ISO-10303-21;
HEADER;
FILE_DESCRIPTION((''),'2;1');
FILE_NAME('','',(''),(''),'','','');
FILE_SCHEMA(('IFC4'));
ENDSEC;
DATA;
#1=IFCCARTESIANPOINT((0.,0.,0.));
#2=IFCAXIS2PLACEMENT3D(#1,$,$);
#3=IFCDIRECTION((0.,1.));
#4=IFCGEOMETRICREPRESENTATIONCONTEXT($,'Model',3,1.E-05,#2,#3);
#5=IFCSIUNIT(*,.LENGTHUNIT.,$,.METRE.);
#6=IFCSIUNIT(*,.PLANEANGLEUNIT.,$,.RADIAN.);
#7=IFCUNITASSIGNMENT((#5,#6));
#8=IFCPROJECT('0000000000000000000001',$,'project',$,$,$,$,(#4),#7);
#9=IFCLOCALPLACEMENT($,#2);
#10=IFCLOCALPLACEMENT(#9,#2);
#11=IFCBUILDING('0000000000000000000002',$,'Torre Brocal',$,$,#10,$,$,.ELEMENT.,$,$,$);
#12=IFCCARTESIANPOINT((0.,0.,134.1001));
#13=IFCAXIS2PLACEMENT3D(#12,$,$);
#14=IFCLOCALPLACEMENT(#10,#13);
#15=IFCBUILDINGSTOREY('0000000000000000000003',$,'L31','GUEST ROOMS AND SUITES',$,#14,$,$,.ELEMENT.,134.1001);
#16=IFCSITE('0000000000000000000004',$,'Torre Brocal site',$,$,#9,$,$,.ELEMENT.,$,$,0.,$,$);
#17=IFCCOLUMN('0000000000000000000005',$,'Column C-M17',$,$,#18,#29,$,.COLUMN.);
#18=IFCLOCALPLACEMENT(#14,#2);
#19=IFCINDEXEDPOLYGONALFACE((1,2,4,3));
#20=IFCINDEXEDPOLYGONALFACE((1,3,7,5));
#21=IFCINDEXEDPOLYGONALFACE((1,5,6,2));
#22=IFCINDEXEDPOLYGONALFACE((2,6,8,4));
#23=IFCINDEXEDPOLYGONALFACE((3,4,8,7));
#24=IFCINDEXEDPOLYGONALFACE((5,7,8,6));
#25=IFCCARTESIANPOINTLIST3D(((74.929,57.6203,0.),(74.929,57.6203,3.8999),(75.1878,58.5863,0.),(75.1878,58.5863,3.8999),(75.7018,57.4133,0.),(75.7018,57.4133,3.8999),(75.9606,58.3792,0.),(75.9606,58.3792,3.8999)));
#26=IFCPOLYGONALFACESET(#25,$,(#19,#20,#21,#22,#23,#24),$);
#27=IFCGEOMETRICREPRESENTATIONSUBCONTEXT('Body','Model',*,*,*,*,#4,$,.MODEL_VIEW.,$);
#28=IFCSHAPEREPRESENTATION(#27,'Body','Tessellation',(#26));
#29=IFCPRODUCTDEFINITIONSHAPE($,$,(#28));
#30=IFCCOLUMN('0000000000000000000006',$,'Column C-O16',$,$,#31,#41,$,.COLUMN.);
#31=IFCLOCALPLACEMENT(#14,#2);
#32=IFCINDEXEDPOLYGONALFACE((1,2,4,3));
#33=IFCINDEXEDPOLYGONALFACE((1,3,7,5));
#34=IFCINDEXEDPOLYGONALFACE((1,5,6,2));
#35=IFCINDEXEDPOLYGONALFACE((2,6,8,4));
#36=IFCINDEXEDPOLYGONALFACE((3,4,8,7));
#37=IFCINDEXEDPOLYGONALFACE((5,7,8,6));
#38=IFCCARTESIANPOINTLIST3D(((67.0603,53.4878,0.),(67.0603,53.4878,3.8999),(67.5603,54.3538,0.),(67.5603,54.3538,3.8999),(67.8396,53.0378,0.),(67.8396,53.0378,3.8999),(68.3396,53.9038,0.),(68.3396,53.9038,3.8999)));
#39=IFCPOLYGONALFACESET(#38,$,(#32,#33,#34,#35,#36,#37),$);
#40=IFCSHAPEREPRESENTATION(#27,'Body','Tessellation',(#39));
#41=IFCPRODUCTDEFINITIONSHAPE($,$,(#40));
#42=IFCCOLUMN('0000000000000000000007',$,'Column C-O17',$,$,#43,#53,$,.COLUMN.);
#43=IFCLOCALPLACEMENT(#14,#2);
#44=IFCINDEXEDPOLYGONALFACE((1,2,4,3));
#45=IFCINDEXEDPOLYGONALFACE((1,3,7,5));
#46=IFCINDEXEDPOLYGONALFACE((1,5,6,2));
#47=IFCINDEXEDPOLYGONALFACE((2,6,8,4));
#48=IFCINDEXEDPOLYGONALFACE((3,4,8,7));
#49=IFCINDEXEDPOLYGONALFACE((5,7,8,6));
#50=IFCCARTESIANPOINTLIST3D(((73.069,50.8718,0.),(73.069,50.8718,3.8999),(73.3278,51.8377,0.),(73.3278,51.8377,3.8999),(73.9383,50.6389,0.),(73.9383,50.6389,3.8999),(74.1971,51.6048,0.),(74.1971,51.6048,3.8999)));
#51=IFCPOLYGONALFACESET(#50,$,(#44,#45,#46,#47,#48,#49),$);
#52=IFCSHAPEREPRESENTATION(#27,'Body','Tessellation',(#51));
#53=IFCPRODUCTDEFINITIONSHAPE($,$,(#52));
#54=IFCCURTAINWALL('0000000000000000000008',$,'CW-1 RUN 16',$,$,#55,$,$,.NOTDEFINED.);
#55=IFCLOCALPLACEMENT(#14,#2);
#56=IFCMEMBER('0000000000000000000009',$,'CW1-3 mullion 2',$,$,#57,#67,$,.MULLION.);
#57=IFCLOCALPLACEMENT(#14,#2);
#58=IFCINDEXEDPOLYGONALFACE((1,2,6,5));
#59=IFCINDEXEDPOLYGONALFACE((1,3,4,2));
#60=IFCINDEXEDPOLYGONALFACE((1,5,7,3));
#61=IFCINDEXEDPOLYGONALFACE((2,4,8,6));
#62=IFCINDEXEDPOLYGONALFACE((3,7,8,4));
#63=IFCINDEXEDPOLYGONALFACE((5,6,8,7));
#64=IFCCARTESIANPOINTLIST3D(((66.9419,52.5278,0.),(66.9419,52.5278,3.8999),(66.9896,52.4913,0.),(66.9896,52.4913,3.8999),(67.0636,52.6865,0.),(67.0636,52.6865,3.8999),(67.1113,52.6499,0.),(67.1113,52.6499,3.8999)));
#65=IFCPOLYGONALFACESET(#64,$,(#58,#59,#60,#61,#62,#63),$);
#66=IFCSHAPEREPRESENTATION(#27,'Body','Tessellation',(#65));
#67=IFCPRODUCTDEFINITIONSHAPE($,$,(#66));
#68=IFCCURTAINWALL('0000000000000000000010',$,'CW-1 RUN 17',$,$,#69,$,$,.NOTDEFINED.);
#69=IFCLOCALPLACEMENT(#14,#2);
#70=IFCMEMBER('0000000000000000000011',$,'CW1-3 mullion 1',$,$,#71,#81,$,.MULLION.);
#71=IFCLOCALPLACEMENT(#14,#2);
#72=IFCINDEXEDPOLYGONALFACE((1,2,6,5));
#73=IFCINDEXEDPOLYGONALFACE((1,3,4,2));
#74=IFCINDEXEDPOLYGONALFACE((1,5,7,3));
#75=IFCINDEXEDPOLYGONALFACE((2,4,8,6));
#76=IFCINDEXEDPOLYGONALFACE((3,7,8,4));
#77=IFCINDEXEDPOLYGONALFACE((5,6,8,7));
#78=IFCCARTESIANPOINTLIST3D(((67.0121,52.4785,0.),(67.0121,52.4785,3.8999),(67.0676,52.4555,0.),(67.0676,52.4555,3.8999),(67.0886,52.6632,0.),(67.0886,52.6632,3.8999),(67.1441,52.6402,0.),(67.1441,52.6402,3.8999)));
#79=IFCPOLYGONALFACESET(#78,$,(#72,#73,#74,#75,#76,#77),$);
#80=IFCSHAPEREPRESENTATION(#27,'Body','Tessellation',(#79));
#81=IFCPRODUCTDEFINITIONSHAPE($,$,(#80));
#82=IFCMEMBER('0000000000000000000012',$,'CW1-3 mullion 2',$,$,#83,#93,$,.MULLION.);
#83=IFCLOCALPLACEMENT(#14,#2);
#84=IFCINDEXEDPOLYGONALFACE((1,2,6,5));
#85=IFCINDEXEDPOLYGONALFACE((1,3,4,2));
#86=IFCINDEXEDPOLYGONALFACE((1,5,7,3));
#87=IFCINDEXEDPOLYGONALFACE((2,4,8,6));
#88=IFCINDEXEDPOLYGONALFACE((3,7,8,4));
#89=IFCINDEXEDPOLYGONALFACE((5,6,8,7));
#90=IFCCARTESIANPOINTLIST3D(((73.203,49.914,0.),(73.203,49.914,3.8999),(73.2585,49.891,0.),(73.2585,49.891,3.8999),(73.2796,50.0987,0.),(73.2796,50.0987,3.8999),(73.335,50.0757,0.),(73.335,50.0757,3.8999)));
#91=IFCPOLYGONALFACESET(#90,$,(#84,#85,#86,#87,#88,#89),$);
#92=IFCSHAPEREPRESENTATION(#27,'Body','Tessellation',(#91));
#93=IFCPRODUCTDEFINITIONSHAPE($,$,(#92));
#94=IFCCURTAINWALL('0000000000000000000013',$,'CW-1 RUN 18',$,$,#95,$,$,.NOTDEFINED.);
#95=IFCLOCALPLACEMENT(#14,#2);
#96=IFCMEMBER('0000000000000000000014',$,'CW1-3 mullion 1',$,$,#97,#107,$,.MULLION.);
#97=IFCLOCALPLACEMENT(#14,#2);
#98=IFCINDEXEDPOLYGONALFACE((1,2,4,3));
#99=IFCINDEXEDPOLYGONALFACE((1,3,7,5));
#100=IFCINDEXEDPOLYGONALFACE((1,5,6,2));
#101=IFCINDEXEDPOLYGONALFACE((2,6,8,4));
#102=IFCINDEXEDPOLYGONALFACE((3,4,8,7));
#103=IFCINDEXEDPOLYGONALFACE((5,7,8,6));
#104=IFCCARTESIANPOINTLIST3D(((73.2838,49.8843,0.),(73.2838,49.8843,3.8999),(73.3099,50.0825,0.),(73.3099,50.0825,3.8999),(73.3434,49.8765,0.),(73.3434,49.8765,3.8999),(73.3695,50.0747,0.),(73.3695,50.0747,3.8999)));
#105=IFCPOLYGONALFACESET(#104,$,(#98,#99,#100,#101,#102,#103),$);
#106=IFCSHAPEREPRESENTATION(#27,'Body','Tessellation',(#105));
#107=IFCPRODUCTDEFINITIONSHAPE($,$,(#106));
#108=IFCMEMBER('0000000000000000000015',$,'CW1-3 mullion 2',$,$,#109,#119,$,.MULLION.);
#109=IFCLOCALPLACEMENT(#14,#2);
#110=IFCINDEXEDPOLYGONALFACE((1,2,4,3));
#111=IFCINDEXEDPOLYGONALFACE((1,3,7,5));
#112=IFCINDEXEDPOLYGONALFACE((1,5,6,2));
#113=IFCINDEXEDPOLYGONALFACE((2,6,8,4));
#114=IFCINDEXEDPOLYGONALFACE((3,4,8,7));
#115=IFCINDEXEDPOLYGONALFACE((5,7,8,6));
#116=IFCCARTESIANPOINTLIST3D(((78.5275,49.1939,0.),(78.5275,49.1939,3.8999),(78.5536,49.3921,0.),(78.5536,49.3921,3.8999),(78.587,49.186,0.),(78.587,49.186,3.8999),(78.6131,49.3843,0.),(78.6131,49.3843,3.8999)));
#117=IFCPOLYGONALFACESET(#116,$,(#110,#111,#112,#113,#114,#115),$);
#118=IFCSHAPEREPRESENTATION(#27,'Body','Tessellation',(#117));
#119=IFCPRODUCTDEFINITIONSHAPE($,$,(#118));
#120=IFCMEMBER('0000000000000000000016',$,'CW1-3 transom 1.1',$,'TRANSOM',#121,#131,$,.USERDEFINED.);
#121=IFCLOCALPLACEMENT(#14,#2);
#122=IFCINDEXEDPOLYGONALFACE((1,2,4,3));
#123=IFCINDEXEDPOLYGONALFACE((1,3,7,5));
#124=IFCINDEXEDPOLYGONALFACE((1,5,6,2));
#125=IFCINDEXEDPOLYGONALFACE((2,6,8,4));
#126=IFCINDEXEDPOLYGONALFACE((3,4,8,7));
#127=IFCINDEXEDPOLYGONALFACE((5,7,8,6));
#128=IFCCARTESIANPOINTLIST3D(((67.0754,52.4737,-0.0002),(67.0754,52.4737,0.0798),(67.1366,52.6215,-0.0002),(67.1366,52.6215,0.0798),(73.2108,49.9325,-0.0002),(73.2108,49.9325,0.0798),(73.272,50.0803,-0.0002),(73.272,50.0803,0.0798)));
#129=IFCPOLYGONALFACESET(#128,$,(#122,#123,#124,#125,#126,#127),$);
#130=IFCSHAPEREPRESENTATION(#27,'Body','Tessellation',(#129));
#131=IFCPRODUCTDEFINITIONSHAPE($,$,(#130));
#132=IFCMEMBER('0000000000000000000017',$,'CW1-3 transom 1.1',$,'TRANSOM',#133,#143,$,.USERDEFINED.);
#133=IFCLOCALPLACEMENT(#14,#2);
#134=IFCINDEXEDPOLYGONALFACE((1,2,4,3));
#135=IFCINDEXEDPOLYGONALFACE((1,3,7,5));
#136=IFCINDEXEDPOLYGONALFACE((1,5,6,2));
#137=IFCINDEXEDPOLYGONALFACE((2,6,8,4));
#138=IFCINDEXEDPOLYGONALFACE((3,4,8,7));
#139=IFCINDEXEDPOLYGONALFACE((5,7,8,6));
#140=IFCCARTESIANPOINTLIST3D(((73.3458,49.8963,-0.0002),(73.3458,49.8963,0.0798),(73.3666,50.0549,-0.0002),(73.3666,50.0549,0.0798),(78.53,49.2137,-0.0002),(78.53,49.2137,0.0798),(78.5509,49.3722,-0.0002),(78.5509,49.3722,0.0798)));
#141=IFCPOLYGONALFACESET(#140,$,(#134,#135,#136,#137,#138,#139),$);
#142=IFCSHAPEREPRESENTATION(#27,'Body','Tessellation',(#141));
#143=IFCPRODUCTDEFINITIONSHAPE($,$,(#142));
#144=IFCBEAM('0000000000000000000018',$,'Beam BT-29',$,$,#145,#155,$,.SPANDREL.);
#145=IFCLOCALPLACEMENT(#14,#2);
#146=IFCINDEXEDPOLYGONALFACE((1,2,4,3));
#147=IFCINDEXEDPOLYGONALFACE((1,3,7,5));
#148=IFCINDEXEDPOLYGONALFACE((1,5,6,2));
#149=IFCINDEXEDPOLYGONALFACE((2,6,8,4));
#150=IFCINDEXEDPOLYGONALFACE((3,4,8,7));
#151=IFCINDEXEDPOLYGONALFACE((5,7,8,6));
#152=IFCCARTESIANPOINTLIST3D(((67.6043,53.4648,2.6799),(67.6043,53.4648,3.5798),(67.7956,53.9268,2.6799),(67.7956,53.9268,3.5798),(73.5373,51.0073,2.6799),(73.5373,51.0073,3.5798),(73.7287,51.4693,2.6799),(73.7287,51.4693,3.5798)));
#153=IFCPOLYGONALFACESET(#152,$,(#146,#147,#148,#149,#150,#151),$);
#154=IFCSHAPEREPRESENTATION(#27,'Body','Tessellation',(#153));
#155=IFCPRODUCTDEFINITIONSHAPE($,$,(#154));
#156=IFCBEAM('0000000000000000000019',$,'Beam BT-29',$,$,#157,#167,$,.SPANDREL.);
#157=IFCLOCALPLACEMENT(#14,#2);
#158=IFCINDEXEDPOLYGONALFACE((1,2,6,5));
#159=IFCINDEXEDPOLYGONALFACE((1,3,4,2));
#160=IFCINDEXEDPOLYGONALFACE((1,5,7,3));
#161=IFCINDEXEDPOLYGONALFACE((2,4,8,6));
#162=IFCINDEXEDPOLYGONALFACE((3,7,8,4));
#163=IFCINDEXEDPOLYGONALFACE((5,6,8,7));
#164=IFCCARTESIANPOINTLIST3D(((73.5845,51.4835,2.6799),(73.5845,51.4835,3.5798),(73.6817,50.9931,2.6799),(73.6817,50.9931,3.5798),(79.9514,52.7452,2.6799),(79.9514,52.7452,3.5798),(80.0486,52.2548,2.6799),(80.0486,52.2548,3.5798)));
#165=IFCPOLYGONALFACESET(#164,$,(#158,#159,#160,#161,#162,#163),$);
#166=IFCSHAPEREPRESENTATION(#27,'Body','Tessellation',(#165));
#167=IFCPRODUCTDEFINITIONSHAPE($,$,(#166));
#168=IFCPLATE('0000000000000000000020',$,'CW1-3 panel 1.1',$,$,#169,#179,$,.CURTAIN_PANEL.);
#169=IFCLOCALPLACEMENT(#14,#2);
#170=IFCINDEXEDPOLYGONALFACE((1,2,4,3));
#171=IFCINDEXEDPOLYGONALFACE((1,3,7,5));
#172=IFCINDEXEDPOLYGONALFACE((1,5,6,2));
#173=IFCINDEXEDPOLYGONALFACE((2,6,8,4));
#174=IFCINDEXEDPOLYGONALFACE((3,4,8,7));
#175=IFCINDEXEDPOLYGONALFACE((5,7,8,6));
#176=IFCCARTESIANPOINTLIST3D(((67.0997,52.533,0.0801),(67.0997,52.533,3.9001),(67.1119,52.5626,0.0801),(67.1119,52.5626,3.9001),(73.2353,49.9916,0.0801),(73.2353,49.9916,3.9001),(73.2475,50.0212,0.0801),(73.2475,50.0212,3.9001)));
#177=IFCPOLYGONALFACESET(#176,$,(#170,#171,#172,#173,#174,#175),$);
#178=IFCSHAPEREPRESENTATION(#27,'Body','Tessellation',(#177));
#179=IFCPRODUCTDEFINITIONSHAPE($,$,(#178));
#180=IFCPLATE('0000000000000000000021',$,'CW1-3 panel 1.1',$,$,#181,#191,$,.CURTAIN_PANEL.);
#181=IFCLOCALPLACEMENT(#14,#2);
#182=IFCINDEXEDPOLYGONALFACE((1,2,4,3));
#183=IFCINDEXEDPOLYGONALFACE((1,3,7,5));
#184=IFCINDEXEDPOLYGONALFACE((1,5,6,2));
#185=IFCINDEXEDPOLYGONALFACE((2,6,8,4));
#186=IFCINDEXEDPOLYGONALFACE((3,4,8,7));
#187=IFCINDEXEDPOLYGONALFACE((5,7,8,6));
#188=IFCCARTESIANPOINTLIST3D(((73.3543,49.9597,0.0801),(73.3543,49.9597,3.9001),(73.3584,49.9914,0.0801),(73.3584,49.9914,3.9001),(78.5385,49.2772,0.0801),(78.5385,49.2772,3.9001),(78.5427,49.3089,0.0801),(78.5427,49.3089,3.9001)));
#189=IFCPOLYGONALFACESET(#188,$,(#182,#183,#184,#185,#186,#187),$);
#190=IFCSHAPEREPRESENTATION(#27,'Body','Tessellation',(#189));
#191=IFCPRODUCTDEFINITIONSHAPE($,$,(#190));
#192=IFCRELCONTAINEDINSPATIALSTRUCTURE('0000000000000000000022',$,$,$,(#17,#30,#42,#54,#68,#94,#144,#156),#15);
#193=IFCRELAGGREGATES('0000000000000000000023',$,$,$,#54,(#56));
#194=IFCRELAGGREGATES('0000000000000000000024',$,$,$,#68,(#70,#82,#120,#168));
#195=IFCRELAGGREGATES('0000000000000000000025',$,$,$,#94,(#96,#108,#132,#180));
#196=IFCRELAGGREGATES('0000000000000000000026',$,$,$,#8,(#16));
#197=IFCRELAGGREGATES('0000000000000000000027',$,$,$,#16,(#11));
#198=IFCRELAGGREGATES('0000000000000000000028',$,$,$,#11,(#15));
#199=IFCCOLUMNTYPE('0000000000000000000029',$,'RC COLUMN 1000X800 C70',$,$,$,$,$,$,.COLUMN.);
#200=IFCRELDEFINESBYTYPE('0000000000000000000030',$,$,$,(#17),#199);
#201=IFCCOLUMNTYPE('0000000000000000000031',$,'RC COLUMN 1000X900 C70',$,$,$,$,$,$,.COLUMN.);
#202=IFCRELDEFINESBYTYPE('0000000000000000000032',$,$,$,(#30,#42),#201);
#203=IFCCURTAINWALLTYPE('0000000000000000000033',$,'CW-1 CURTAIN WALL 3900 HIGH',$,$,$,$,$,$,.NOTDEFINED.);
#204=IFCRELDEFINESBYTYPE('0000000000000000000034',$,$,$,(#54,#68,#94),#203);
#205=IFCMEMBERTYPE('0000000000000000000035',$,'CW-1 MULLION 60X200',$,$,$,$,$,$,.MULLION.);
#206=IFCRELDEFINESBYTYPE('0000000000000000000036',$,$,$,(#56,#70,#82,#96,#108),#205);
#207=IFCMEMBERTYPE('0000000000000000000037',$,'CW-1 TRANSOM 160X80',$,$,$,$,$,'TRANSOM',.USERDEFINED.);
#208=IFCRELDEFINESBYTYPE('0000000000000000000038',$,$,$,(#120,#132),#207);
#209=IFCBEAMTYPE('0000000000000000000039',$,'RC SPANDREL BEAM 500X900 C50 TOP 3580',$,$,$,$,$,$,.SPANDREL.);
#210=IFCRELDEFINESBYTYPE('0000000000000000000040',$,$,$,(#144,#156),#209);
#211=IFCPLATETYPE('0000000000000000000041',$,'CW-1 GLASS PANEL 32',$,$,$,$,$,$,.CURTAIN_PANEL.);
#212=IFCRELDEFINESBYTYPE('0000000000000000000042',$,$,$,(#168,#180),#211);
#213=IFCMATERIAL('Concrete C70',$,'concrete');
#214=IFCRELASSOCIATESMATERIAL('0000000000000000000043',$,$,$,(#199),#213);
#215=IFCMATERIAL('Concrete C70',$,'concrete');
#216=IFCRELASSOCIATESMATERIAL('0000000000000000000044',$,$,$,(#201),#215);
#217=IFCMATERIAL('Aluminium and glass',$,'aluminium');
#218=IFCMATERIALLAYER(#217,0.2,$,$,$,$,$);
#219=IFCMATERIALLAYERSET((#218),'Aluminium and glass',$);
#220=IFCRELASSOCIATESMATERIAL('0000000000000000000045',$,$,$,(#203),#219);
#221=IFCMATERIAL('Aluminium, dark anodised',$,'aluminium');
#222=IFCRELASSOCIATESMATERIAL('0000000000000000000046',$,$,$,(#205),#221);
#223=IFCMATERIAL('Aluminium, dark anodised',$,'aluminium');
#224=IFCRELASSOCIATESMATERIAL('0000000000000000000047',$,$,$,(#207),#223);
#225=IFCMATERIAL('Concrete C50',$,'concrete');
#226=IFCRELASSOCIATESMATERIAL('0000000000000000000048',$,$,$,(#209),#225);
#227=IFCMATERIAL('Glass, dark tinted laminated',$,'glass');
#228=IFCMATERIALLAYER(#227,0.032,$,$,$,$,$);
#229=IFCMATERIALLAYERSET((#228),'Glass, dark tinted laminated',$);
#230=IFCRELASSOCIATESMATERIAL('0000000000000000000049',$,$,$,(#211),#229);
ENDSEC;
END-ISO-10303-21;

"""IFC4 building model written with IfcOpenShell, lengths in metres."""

from ifc_helpers import new_model, si_unit, direction, frame, origin, origin_2d, place, context, subcontext, project, spatial, rectangle, extrude, material, layer, layer_set, material_profile, profile_set, type_object, element, aggregate, save


model = new_model("IFC4")

# Units and contexts
model_context = context("Model", 3, precision=1e-05, world=origin(), true_north=direction((0.0, 1.0)))
body_context = subcontext(model_context, "Body", "Model", "MODEL_VIEW")
ifc_project = project(units=[si_unit("LENGTHUNIT", "METRE"), si_unit("PLANEANGLEUNIT", "RADIAN")], contexts=[model_context])

# Site, building, storey
site_placement = place(None, origin())
site = spatial("IfcSite", under=ifc_project, at=site_placement, Name="Torre Brocal site", CompositionType="ELEMENT", RefElevation=0.0)
building_placement = place(site_placement, origin())
building = spatial("IfcBuilding", under=site, at=building_placement, Name="Torre Brocal", CompositionType="ELEMENT")
storey_placement = place(building_placement, frame((0.0, 0.0, 134.1001)))
storey = spatial("IfcBuildingStorey", under=building, at=storey_placement, Name="L31", Description="GUEST ROOMS AND SUITES", CompositionType="ELEMENT", Elevation=134.1001)

# Columns
ifc_material_1 = material(Name="Concrete C70", Category="concrete")
ifc_material_profile_1 = material_profile(ifc_material_1, rectangle(XDim=1.0, YDim=0.8, at=origin_2d()), Name="RC 1000X800")
ifc_profile_set_1 = profile_set([ifc_material_profile_1], Name="Concrete C70")
column_type_1 = type_object("IfcColumnType", Name="RC COLUMN 1000X800 C70", PredefinedType="COLUMN", material=ifc_profile_set_1)
column_placement = place(storey_placement, frame((75.4448, 57.9998, 0.0), z_axis=(0.0, 0.0, 1.0), x_axis=(-0.258819, -0.965926, 0.0)))
element("IfcColumn", 1, at=column_placement, inside=storey, type_object=column_type_1, Name="Column C-M17", PredefinedType="COLUMN", context=body_context, shape_type="SweptSolid", body=[
    extrude(rectangle(XDim=1.0, YDim=0.8, at=origin_2d()), origin(), (0.0, 0.0, 1.0), 3.8999),
])
ifc_material_2 = material(Name="Concrete C70", Category="concrete")
ifc_material_profile_2 = material_profile(ifc_material_2, rectangle(XDim=1.0, YDim=0.8999, at=origin_2d()), Name="RC 1000X900")
ifc_profile_set_2 = profile_set([ifc_material_profile_2], Name="Concrete C70")
column_type_2 = type_object("IfcColumnType", Name="RC COLUMN 1000X900 C70", PredefinedType="COLUMN", material=ifc_profile_set_2)
for number, where, z_axis, x_axis, name in (
    (2, (67.7, 53.6958, 0.0), (0.0, 0.0, 1.0), (-0.5, -0.866025, 0.0), "Column C-O16"),
    (3, (73.6331, 51.2383, 0.0), (0.0, 0.0, 1.0), (-0.258819, -0.965926, 0.0), "Column C-O17"),
):
    element("IfcColumn", number, at=place(storey_placement, frame(where, z_axis=z_axis, x_axis=x_axis)), inside=storey, type_object=column_type_2, Name=name, PredefinedType="COLUMN", context=body_context, shape_type="SweptSolid", body=[
        extrude(rectangle(XDim=1.0, YDim=0.8999, at=origin_2d()), origin(), (0.0, 0.0, 1.0), 3.8999),
    ])

# Curtain wall, member
ifc_material_3 = material(Name="Aluminium and glass", Category="aluminium")
ifc_layer_1 = layer(ifc_material_3, 0.2)
ifc_layer_set_1 = layer_set([ifc_layer_1], Name="Aluminium and glass")
curtain_wall_type = type_object("IfcCurtainWallType", Name="CW-1 CURTAIN WALL 3900 HIGH", PredefinedType="NOTDEFINED", material=ifc_layer_set_1)
curtain_wall_1_placement = place(storey_placement, origin())
curtain_wall_1 = element("IfcCurtainWall", 4, at=curtain_wall_1_placement, inside=storey, type_object=curtain_wall_type, Name="CW-1 RUN 16", PredefinedType="NOTDEFINED")
ifc_material_4 = material(Name="Aluminium, dark anodised", Category="aluminium")
ifc_material_profile_3 = material_profile(ifc_material_4, rectangle(XDim=0.2, YDim=0.0601, at=origin_2d()), Name="CW-1 MULLION 60X200")
ifc_profile_set_3 = profile_set([ifc_material_profile_3], Name="Aluminium, dark anodised")
member_type_1 = type_object("IfcMemberType", Name="CW-1 MULLION 60X200", PredefinedType="MULLION", material=ifc_profile_set_3)
member_1_placement = place(storey_placement, frame((67.0266, 52.5889, 0.0), z_axis=(0.0, 0.0, 1.0), x_axis=(0.608761, 0.793353, 0.0)))
member_1 = element("IfcMember", 5, at=member_1_placement, type_object=member_type_1, Name="CW1-3 mullion 2", PredefinedType="MULLION", context=body_context, shape_type="SweptSolid", body=[
    extrude(rectangle(XDim=0.2, YDim=0.0601, at=origin_2d()), origin(), (0.0, 0.0, 1.0), 3.8999),
])
aggregate(curtain_wall_1, [member_1])

# Curtain walls, members
curtain_wall_2_placement = place(storey_placement, origin())
curtain_wall_2 = element("IfcCurtainWall", 6, at=curtain_wall_2_placement, inside=storey, type_object=curtain_wall_type, Name="CW-1 RUN 17", PredefinedType="NOTDEFINED")
member_2_placement = place(storey_placement, frame((67.0781, 52.5593, 0.0), z_axis=(0.0, 0.0, 1.0), x_axis=(0.382683, 0.92388, 0.0)))
member_2 = element("IfcMember", 7, at=member_2_placement, type_object=member_type_1, Name="CW1-3 mullion 1", PredefinedType="MULLION", context=body_context, shape_type="SweptSolid", body=[
    extrude(rectangle(XDim=0.2, YDim=0.0601, at=origin_2d()), origin(), (0.0, 0.0, 1.0), 3.8999),
])
member_3_placement = place(storey_placement, frame((73.269, 49.9949, 0.0), z_axis=(0.0, 0.0, 1.0), x_axis=(0.382683, 0.92388, 0.0)))
member_3 = element("IfcMember", 8, at=member_3_placement, type_object=member_type_1, Name="CW1-3 mullion 2", PredefinedType="MULLION", context=body_context, shape_type="SweptSolid", body=[
    extrude(rectangle(XDim=0.2, YDim=0.0601, at=origin_2d()), origin(), (0.0, 0.0, 1.0), 3.8999),
])
curtain_wall_3_placement = place(storey_placement, origin())
curtain_wall_3 = element("IfcCurtainWall", 9, at=curtain_wall_3_placement, inside=storey, type_object=curtain_wall_type, Name="CW-1 RUN 18", PredefinedType="NOTDEFINED")
member_4_placement = place(storey_placement, frame((73.3267, 49.9795, 0.0), z_axis=(0.0, 0.0, 1.0), x_axis=(0.130526, 0.991445, 0.0)))
member_4 = element("IfcMember", 10, at=member_4_placement, type_object=member_type_1, Name="CW1-3 mullion 1", PredefinedType="MULLION", context=body_context, shape_type="SweptSolid", body=[
    extrude(rectangle(XDim=0.2, YDim=0.0601, at=origin_2d()), origin(), (0.0, 0.0, 1.0), 3.8999),
])
member_5_placement = place(storey_placement, frame((78.5703, 49.2891, 0.0), z_axis=(0.0, 0.0, 1.0), x_axis=(0.130526, 0.991445, 0.0)))
member_5 = element("IfcMember", 11, at=member_5_placement, type_object=member_type_1, Name="CW1-3 mullion 2", PredefinedType="MULLION", context=body_context, shape_type="SweptSolid", body=[
    extrude(rectangle(XDim=0.2, YDim=0.0601, at=origin_2d()), origin(), (0.0, 0.0, 1.0), 3.8999),
])

# Members
ifc_material_5 = material(Name="Aluminium, dark anodised", Category="aluminium")
ifc_material_profile_4 = material_profile(ifc_material_5, rectangle(XDim=0.1599, YDim=0.0801, at=origin_2d()), Name="CW-1 TRANSOM 160X80")
ifc_profile_set_4 = profile_set([ifc_material_profile_4], Name="Aluminium, dark anodised")
member_type_2 = type_object("IfcMemberType", Name="CW-1 TRANSOM 160X80", ElementType="TRANSOM", PredefinedType="USERDEFINED", material=ifc_profile_set_4)
member_6_placement = place(storey_placement, frame((67.106, 52.5476, 0.0398), z_axis=(0.923887, -0.382665, 0.0), x_axis=(0.382665, 0.923887, 0.0)))
member_6 = element("IfcMember", 12, at=member_6_placement, type_object=member_type_2, Name="CW1-3 transom 1.1", ObjectType="TRANSOM", PredefinedType="USERDEFINED", context=body_context, shape_type="SweptSolid", body=[
    extrude(rectangle(XDim=0.1599, YDim=0.0801, at=origin_2d()), origin(), (0.0, 0.0, 1.0), 6.6409),
])
member_7_placement = place(storey_placement, frame((73.3562, 49.9756, 0.0398), z_axis=(0.991443, -0.130543, 0.0), x_axis=(0.130543, 0.991443, 0.0)))
member_7 = element("IfcMember", 13, at=member_7_placement, type_object=member_type_2, Name="CW1-3 transom 1.1", ObjectType="TRANSOM", PredefinedType="USERDEFINED", context=body_context, shape_type="SweptSolid", body=[
    extrude(rectangle(XDim=0.1599, YDim=0.0801, at=origin_2d()), origin(), (0.0, 0.0, 1.0), 5.229),
])

# Beams
ifc_material_6 = material(Name="Concrete C50", Category="concrete")
ifc_material_profile_5 = material_profile(ifc_material_6, rectangle(XDim=0.5, YDim=0.8999, at=origin_2d()), Name="RC 500X900")
ifc_profile_set_5 = profile_set([ifc_material_profile_5], Name="Concrete C50")
beam_type = type_object("IfcBeamType", Name="RC SPANDREL BEAM 500X900 C50 TOP 3580", PredefinedType="SPANDREL", material=ifc_profile_set_5)
beam_1_placement = place(storey_placement, frame((67.7, 53.6958, 3.1299), z_axis=(0.923882, -0.382676, 0.0), x_axis=(0.382676, 0.923882, 0.0)))
element("IfcBeam", 14, at=beam_1_placement, inside=storey, type_object=beam_type, Name="Beam BT-29", PredefinedType="SPANDREL", context=body_context, shape_type="SweptSolid", body=[
    extrude(rectangle(XDim=0.5, YDim=0.8999, at=origin_2d()), origin(), (0.0, 0.0, 1.0), 6.4219),
])
beam_2_placement = place(storey_placement, frame((73.6331, 51.2383, 3.1299), z_axis=(0.980925, 0.194387, 0.0), x_axis=(-0.194387, 0.980925, 0.0)))
element("IfcBeam", 15, at=beam_2_placement, inside=storey, type_object=beam_type, Name="Beam BT-29", PredefinedType="SPANDREL", context=body_context, shape_type="SweptSolid", body=[
    extrude(rectangle(XDim=0.5, YDim=0.8999, at=origin_2d()), origin(), (0.0, 0.0, 1.0), 6.4907),
])

# Plates
ifc_material_7 = material(Name="Glass, dark tinted laminated", Category="glass")
ifc_layer_2 = layer(ifc_material_7, 0.032)
ifc_layer_set_2 = layer_set([ifc_layer_2], Name="Glass, dark tinted laminated")
plate_type = type_object("IfcPlateType", Name="CW-1 GLASS PANEL 32", PredefinedType="CURTAIN_PANEL", material=ifc_layer_set_2)
plate_1_placement = place(storey_placement, frame((70.1736, 51.2771, 0.0801), z_axis=(0.0, 0.0, 1.0), x_axis=(0.92388, -0.382683, 0.0)))
plate_1 = element("IfcPlate", 16, at=plate_1_placement, type_object=plate_type, Name="CW1-3 panel 1.1", PredefinedType="CURTAIN_PANEL", context=body_context, shape_type="SweptSolid", body=[
    extrude(rectangle(XDim=6.6411, YDim=0.032, at=origin_2d()), origin(), (0.0, 0.0, 1.0), 3.8201),
])
aggregate(curtain_wall_2, [member_2, member_3, member_6, plate_1])
plate_2_placement = place(storey_placement, frame((75.9485, 49.6343, 0.0801), z_axis=(0.0, 0.0, 1.0), x_axis=(0.991445, -0.130526, 0.0)))
plate_2 = element("IfcPlate", 17, at=plate_2_placement, type_object=plate_type, Name="CW1-3 panel 1.1", PredefinedType="CURTAIN_PANEL", context=body_context, shape_type="SweptSolid", body=[
    extrude(rectangle(XDim=5.229, YDim=0.032, at=origin_2d()), origin(), (0.0, 0.0, 1.0), 3.8201),
])
aggregate(curtain_wall_3, [member_4, member_5, member_7, plate_2])

save(model, "model.ifc")
